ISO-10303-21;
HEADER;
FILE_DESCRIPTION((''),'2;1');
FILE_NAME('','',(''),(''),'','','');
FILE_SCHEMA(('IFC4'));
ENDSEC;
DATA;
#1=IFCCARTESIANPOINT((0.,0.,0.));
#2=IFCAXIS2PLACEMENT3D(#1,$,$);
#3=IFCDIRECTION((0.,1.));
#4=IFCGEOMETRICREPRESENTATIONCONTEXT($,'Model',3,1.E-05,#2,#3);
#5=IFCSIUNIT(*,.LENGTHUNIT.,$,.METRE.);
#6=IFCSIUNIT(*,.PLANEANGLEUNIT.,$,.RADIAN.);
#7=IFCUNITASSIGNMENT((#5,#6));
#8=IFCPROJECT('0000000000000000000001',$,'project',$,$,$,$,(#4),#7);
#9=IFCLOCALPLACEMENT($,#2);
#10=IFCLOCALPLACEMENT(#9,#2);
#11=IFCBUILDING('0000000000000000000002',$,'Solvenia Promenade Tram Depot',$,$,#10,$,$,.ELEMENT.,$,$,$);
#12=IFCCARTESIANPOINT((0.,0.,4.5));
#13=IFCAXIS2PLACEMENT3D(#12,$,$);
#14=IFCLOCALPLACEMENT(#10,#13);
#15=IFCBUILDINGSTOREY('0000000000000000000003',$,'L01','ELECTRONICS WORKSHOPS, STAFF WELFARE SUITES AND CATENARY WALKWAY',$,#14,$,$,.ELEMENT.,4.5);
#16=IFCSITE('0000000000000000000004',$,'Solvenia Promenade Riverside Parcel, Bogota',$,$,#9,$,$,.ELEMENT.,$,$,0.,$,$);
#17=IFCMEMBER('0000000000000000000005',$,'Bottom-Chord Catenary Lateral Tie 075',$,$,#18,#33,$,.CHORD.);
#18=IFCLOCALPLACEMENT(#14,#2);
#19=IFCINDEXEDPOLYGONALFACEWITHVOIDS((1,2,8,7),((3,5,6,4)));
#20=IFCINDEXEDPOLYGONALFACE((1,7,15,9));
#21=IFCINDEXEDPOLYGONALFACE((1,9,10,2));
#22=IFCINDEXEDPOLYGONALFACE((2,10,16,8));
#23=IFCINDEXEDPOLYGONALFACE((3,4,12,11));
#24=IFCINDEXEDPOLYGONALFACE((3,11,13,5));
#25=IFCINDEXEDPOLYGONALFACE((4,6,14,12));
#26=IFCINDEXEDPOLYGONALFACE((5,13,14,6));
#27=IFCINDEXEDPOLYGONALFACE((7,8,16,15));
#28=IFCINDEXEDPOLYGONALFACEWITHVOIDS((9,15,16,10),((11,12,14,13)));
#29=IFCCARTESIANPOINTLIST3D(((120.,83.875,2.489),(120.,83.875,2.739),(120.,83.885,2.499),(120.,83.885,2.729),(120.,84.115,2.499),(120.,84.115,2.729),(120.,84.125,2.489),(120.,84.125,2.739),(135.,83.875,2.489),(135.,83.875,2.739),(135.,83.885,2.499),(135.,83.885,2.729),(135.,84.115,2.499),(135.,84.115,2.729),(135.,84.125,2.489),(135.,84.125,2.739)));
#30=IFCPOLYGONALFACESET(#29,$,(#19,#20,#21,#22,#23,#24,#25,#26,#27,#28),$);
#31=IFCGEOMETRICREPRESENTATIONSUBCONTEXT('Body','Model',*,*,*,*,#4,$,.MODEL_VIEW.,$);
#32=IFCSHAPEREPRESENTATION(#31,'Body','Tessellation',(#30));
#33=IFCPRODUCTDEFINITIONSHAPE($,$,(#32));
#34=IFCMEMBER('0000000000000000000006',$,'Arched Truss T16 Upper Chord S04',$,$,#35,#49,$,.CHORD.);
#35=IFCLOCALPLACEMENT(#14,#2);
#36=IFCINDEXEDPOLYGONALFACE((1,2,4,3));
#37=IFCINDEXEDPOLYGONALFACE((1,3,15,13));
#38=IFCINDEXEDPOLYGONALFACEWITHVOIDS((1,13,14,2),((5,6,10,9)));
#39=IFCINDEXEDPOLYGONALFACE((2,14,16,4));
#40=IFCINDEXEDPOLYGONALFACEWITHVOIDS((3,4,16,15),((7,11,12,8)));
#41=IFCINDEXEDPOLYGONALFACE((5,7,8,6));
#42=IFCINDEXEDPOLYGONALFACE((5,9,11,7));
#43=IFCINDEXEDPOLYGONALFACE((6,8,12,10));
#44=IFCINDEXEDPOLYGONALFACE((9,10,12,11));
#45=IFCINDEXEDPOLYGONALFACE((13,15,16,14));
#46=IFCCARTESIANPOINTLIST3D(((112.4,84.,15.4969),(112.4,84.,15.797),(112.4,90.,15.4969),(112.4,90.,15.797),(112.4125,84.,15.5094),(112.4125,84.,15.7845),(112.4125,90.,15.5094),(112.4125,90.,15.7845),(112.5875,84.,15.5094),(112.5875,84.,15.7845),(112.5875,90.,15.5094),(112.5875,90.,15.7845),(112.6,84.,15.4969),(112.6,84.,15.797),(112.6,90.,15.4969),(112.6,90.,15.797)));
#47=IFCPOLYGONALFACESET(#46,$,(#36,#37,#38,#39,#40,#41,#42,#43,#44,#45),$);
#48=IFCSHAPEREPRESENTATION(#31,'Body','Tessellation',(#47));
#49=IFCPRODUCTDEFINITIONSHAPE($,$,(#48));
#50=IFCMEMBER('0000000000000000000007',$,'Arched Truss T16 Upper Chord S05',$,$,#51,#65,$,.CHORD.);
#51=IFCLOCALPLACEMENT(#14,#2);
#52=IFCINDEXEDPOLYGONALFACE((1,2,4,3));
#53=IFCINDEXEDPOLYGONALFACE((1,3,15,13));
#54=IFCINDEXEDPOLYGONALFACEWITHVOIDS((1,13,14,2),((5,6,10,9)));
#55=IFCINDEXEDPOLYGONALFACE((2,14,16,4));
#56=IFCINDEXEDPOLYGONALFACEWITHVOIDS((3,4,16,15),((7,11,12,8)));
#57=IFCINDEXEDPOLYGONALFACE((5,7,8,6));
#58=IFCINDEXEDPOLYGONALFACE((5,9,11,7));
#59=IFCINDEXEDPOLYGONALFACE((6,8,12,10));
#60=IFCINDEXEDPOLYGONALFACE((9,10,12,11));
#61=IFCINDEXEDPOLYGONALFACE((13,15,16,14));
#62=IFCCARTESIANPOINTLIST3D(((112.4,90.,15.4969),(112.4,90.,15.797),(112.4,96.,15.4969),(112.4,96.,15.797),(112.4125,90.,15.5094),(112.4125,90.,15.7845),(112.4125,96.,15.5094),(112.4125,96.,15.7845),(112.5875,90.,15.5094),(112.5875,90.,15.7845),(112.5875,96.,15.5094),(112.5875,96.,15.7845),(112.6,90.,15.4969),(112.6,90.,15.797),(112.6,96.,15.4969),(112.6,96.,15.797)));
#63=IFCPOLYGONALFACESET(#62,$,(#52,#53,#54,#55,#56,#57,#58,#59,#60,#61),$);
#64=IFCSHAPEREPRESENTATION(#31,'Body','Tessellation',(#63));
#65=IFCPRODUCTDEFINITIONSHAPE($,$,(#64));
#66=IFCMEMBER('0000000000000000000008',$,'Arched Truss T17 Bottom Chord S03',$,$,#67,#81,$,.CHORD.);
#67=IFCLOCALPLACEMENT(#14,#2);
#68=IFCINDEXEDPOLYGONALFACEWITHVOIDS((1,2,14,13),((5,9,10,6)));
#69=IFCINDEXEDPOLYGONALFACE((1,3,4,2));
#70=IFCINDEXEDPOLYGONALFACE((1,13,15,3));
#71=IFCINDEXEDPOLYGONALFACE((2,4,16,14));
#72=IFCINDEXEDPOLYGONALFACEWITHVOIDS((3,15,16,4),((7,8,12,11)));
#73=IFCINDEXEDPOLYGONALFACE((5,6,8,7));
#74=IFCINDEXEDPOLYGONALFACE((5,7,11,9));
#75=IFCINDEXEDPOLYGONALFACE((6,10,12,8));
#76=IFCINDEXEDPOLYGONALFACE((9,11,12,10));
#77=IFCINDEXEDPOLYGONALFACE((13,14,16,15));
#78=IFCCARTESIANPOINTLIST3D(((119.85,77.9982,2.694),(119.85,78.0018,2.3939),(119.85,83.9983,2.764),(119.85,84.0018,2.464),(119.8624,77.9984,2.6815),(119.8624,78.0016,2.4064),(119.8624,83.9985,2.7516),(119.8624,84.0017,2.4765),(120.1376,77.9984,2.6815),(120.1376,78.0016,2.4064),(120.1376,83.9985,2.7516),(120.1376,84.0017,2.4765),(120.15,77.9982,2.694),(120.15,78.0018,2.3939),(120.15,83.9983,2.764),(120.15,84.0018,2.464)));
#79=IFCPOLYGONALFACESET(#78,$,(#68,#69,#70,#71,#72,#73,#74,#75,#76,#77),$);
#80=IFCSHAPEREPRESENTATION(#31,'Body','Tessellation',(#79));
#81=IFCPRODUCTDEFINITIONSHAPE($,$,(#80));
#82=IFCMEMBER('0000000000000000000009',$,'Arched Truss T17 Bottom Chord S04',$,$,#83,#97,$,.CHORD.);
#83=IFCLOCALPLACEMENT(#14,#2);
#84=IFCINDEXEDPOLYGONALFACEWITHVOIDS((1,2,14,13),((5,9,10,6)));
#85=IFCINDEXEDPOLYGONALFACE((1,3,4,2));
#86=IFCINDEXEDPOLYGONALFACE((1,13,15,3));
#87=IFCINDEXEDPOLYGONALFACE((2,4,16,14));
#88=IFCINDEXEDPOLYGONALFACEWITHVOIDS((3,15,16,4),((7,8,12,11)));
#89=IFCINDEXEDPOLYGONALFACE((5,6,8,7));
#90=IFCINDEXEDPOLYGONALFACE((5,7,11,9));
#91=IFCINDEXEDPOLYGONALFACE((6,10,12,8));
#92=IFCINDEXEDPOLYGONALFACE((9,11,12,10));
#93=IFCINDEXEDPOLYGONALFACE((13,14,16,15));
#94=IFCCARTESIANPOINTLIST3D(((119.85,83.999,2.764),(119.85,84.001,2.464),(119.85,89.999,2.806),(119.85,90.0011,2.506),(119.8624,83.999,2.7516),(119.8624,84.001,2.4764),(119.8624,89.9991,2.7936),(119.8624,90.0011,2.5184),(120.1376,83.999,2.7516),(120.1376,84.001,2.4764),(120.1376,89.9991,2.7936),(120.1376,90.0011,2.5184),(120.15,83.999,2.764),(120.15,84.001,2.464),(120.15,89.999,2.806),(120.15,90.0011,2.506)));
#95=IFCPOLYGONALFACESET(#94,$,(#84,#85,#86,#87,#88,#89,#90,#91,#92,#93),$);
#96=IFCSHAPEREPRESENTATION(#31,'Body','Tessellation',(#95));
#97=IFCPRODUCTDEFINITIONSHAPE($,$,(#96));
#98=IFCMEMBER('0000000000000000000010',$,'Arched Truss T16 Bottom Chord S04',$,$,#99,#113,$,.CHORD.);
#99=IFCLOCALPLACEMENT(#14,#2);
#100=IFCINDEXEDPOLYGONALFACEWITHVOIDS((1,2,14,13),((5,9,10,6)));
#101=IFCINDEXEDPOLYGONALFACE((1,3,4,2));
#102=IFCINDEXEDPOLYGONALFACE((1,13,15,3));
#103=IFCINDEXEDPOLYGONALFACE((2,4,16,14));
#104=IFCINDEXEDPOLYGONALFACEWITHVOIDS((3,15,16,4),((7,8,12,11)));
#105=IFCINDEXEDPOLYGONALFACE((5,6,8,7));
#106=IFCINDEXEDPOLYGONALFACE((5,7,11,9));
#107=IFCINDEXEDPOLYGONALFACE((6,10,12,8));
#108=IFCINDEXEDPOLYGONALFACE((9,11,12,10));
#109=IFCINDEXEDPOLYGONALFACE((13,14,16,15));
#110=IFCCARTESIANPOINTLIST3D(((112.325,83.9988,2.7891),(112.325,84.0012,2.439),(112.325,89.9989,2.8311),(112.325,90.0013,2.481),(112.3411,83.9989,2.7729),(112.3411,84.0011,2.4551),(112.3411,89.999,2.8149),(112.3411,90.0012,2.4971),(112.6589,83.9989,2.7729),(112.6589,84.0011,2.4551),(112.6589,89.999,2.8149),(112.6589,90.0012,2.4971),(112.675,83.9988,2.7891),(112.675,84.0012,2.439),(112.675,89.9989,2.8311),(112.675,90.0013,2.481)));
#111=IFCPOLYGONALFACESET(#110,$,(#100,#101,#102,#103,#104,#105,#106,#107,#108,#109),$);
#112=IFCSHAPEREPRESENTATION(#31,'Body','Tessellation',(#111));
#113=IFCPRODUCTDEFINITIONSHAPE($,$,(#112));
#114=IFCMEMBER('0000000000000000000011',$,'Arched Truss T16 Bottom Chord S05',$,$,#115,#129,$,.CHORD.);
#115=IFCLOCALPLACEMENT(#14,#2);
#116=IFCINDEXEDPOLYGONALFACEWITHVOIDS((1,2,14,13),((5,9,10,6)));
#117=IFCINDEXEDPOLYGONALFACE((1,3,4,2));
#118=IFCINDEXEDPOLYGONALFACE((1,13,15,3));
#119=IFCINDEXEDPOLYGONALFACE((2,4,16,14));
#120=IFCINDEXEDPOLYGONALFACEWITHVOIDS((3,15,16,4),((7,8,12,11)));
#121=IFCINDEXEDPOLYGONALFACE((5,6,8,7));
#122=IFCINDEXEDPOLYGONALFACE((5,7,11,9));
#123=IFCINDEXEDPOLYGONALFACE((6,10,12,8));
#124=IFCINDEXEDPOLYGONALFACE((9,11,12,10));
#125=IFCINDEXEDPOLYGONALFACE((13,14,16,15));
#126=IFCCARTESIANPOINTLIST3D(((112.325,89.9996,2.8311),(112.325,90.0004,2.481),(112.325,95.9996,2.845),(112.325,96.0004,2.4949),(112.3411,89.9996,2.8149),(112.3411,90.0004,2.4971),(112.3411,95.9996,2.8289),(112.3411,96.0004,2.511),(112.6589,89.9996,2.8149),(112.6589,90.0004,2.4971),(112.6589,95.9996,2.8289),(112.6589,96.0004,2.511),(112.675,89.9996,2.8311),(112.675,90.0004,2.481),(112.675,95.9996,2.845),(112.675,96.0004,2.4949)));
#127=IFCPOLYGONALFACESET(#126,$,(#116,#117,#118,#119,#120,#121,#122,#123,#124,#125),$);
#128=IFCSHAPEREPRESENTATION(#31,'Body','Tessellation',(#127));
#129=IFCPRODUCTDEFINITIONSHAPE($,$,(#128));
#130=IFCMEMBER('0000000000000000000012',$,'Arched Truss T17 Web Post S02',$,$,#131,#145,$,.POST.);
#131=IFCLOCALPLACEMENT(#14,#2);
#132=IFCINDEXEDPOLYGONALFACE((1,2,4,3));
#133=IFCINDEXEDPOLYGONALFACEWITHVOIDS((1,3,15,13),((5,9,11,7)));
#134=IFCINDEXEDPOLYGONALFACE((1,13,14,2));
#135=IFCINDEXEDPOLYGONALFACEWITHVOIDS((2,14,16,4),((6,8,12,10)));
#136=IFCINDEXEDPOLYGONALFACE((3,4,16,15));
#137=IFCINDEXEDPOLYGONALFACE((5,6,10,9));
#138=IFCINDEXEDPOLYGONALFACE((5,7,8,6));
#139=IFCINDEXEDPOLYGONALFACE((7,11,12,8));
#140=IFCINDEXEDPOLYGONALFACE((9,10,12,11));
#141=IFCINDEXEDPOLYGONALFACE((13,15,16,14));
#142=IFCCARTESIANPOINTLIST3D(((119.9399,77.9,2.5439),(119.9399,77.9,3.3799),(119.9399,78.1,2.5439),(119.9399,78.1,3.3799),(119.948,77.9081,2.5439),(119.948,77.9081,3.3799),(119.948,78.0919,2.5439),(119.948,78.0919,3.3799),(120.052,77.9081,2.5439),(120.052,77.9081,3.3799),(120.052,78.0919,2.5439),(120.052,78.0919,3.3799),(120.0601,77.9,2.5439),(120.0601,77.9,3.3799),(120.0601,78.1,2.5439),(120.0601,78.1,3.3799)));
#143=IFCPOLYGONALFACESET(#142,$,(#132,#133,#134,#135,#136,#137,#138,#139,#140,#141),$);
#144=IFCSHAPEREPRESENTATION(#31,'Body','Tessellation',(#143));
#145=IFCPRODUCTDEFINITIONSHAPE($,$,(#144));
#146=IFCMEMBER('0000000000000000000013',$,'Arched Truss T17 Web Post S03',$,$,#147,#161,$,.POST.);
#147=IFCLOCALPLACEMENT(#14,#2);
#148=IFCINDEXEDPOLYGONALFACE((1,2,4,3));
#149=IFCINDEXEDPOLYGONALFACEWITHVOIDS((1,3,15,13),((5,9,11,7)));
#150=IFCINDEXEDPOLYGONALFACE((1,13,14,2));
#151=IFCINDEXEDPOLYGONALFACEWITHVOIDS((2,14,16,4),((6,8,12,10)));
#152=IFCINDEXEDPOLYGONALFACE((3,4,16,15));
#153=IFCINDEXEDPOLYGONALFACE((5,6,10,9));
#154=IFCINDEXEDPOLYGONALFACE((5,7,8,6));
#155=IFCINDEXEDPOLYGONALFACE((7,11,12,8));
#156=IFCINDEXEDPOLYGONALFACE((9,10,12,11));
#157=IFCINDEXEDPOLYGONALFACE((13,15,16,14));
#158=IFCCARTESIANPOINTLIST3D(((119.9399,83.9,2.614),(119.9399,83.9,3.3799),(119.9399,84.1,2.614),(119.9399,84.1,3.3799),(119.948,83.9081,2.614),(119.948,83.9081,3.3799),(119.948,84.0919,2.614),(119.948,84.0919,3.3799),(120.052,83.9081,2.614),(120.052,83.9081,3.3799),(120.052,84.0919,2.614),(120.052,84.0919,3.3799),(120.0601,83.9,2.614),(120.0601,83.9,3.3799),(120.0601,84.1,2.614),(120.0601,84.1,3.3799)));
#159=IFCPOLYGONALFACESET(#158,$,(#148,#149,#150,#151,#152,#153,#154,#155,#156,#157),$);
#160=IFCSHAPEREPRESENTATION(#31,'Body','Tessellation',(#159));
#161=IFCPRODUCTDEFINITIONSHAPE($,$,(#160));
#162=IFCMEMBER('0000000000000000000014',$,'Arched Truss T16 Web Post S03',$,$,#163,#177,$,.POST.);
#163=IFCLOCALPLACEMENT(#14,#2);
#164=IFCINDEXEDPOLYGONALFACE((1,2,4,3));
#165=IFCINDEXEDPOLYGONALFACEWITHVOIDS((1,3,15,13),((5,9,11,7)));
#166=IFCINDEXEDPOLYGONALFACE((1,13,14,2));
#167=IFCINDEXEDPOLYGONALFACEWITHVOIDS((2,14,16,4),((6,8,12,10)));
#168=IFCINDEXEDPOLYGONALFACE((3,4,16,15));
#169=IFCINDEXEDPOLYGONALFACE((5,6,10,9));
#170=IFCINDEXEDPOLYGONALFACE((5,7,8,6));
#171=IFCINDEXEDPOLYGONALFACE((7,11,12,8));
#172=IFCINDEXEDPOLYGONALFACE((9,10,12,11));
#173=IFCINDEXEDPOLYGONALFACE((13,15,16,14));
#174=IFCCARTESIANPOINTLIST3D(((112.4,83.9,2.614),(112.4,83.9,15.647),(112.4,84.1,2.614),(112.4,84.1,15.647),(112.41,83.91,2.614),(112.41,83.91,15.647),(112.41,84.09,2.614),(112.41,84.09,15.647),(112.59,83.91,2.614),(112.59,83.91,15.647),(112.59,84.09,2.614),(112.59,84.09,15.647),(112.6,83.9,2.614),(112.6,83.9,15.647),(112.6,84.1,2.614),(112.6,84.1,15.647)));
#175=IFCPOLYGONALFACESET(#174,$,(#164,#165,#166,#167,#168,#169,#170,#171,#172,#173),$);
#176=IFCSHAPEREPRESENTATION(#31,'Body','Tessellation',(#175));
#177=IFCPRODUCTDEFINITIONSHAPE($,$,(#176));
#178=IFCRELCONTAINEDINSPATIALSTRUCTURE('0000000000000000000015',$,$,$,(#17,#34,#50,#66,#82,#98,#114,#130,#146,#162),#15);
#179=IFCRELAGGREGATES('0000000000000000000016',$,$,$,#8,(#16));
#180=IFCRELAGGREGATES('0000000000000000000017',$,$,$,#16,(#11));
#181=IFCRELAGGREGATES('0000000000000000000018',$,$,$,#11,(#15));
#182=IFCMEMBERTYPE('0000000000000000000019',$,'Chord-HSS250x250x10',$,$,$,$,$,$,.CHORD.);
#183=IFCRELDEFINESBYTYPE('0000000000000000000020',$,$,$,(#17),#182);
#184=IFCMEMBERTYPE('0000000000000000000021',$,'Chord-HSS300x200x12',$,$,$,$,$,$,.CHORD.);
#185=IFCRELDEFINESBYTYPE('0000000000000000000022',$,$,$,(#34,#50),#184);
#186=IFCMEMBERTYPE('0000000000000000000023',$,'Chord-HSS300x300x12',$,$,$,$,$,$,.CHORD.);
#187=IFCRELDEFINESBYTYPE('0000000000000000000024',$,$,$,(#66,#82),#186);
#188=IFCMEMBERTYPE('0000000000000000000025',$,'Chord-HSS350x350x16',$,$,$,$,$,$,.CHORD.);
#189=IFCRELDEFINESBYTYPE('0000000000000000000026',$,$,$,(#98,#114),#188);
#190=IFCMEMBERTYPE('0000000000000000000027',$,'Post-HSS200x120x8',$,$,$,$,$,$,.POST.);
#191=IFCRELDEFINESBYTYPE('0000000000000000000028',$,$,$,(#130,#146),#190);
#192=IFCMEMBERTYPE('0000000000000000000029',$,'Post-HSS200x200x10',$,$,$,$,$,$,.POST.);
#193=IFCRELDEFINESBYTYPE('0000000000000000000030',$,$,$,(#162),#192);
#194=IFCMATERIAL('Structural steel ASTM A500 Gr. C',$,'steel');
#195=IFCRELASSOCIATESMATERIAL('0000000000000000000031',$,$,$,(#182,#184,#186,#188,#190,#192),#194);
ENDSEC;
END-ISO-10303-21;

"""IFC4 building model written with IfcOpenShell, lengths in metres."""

from ifc_helpers import new_model, si_unit, direction, frame, origin, origin_2d, place, context, subcontext, project, spatial, hollow_rectangle, extrude, material, material_profile, profile_set, type_object, element, save


model = new_model("IFC4")

# Units and contexts
model_context = context("Model", 3, precision=1e-05, world=origin(), true_north=direction((0.0, 1.0)))
body_context = subcontext(model_context, "Body", "Model", "MODEL_VIEW")
ifc_project = project(units=[si_unit("LENGTHUNIT", "METRE"), si_unit("PLANEANGLEUNIT", "RADIAN")], contexts=[model_context])

# Site, building, storey
site_placement = place(None, origin())
site = spatial("IfcSite", under=ifc_project, at=site_placement, Name="Solvenia Promenade Riverside Parcel, Bogota", CompositionType="ELEMENT", RefElevation=0.0)
building_placement = place(site_placement, origin())
building = spatial("IfcBuilding", under=site, at=building_placement, Name="Solvenia Promenade Tram Depot", CompositionType="ELEMENT")
storey_placement = place(building_placement, frame((0.0, 0.0, 4.5)))
storey = spatial("IfcBuildingStorey", under=building, at=storey_placement, Name="L01", Description="ELECTRONICS WORKSHOPS, STAFF WELFARE SUITES AND CATENARY WALKWAY", CompositionType="ELEMENT", Elevation=4.5)

# Members
ifc_material_1 = material(Name="Structural steel ASTM A500 Gr. C", Category="steel")
ifc_material_profile_1 = material_profile(ifc_material_1, hollow_rectangle(XDim=0.25, YDim=0.25, WallThickness=0.01, at=origin_2d()), Name="HSS250x250x10", Category="steel")
ifc_profile_set_1 = profile_set([ifc_material_profile_1], Name="Structural steel ASTM A500 Gr. C")
member_type_1 = type_object("IfcMemberType", Name="Chord-HSS250x250x10", PredefinedType="CHORD", material=ifc_profile_set_1)
for number, where, z_axis, x_axis, name in (
    (1, (120.0, 84.0, 2.614), (1.0, 0.0, 0.0), (0.0, 1.0, 0.0), "Bottom-Chord Catenary Lateral Tie 075"),
):
    element("IfcMember", number, at=place(storey_placement, frame(where, z_axis=z_axis, x_axis=x_axis)), inside=storey, type_object=member_type_1, Name=name, PredefinedType="CHORD", context=body_context, shape_type="SweptSolid", body=[
        extrude(hollow_rectangle(XDim=0.25, YDim=0.25, WallThickness=0.01, at=origin_2d()), origin(), (0.0, 0.0, 1.0), 15.0),
    ])
ifc_material_profile_2 = material_profile(ifc_material_1, hollow_rectangle(XDim=0.2, YDim=0.3, WallThickness=0.0125, at=origin_2d()), Name="HSS300x200x12.5", Category="steel")
ifc_profile_set_2 = profile_set([ifc_material_profile_2], Name="Structural steel ASTM A500 Gr. C")
member_type_2 = type_object("IfcMemberType", Name="Chord-HSS300x200x12", PredefinedType="CHORD", material=ifc_profile_set_2)
for number, where, z_axis, x_axis, name in (
    (2, (112.5, 84.0, 15.647), (0.0, 1.0, 0.0), (-1.0, 0.0, 0.0), "Arched Truss T16 Upper Chord S04"),
    (3, (112.5, 90.0, 15.647), (0.0, 1.0, 0.0), (-1.0, 0.0, 0.0), "Arched Truss T16 Upper Chord S05"),
):
    element("IfcMember", number, at=place(storey_placement, frame(where, z_axis=z_axis, x_axis=x_axis)), inside=storey, type_object=member_type_2, Name=name, PredefinedType="CHORD", context=body_context, shape_type="SweptSolid", body=[
        extrude(hollow_rectangle(XDim=0.2, YDim=0.3, WallThickness=0.0125, at=origin_2d()), origin(), (0.0, 0.0, 1.0), 6.0),
    ])
ifc_material_profile_3 = material_profile(ifc_material_1, hollow_rectangle(XDim=0.3, YDim=0.3, WallThickness=0.0125, at=origin_2d()), Name="HSS300x300x12.5", Category="steel")
ifc_profile_set_3 = profile_set([ifc_material_profile_3], Name="Structural steel ASTM A500 Gr. C")
member_type_3 = type_object("IfcMemberType", Name="Chord-HSS300x300x12", PredefinedType="CHORD", material=ifc_profile_set_3)
member_1_placement = place(storey_placement, frame((120.0, 78.0, 2.5439), z_axis=(0.0, 0.999932, 0.011677), x_axis=(-1.0, 0.0, 0.0)))
element("IfcMember", 4, at=member_1_placement, inside=storey, type_object=member_type_3, Name="Arched Truss T17 Bottom Chord S03", PredefinedType="CHORD", context=body_context, shape_type="SweptSolid", body=[
    extrude(hollow_rectangle(XDim=0.3, YDim=0.3, WallThickness=0.0125, at=origin_2d()), origin(), (0.0, 0.0, 1.0), 6.0005),
])
member_2_placement = place(storey_placement, frame((120.0, 84.0, 2.614), z_axis=(0.0, 0.999976, 0.006999), x_axis=(-1.0, 0.0, 0.0)))
element("IfcMember", 5, at=member_2_placement, inside=storey, type_object=member_type_3, Name="Arched Truss T17 Bottom Chord S04", PredefinedType="CHORD", context=body_context, shape_type="SweptSolid", body=[
    extrude(hollow_rectangle(XDim=0.3, YDim=0.3, WallThickness=0.0125, at=origin_2d()), origin(), (0.0, 0.0, 1.0), 6.0002),
])
ifc_material_profile_4 = material_profile(ifc_material_1, hollow_rectangle(XDim=0.3501, YDim=0.3501, WallThickness=0.0161, at=origin_2d()), Name="HSS350x350x16", Category="steel")
ifc_profile_set_4 = profile_set([ifc_material_profile_4], Name="Structural steel ASTM A500 Gr. C")
member_type_4 = type_object("IfcMemberType", Name="Chord-HSS350x350x16", PredefinedType="CHORD", material=ifc_profile_set_4)
member_3_placement = place(storey_placement, frame((112.5, 84.0, 2.614), z_axis=(0.0, 0.999976, 0.006999), x_axis=(-1.0, 0.0, 0.0)))
element("IfcMember", 6, at=member_3_placement, inside=storey, type_object=member_type_4, Name="Arched Truss T16 Bottom Chord S04", PredefinedType="CHORD", context=body_context, shape_type="SweptSolid", body=[
    extrude(hollow_rectangle(XDim=0.3501, YDim=0.3501, WallThickness=0.0161, at=origin_2d()), origin(), (0.0, 0.0, 1.0), 6.0002),
])
member_4_placement = place(storey_placement, frame((112.5, 90.0, 2.656), z_axis=(0.0, 0.999997, 0.002319), x_axis=(-1.0, 0.0, 0.0)))
element("IfcMember", 7, at=member_4_placement, inside=storey, type_object=member_type_4, Name="Arched Truss T16 Bottom Chord S05", PredefinedType="CHORD", context=body_context, shape_type="SweptSolid", body=[
    extrude(hollow_rectangle(XDim=0.3501, YDim=0.3501, WallThickness=0.0161, at=origin_2d()), origin(), (0.0, 0.0, 1.0), 6.0),
])
ifc_material_profile_5 = material_profile(ifc_material_1, hollow_rectangle(XDim=0.1201, YDim=0.2, WallThickness=0.0081, at=origin_2d()), Name="HSS200x120x8", Category="steel")
ifc_profile_set_5 = profile_set([ifc_material_profile_5], Name="Structural steel ASTM A500 Gr. C")
member_type_5 = type_object("IfcMemberType", Name="Post-HSS200x120x8", PredefinedType="POST", material=ifc_profile_set_5)
member_5_placement = place(storey_placement, frame((120.0, 78.0, 2.5439), z_axis=(0.0, 0.0, 1.0), x_axis=(1.0, 0.0, 0.0)))
element("IfcMember", 8, at=member_5_placement, inside=storey, type_object=member_type_5, Name="Arched Truss T17 Web Post S02", PredefinedType="POST", context=body_context, shape_type="SweptSolid", body=[
    extrude(hollow_rectangle(XDim=0.1201, YDim=0.2, WallThickness=0.0081, at=origin_2d()), origin(), (0.0, 0.0, 1.0), 0.8359),
])
member_6_placement = place(storey_placement, frame((120.0, 84.0, 2.614), z_axis=(0.0, 0.0, 1.0), x_axis=(1.0, 0.0, 0.0)))
element("IfcMember", 9, at=member_6_placement, inside=storey, type_object=member_type_5, Name="Arched Truss T17 Web Post S03", PredefinedType="POST", context=body_context, shape_type="SweptSolid", body=[
    extrude(hollow_rectangle(XDim=0.1201, YDim=0.2, WallThickness=0.0081, at=origin_2d()), origin(), (0.0, 0.0, 1.0), 0.7659),
])
ifc_material_profile_6 = material_profile(ifc_material_1, hollow_rectangle(XDim=0.2, YDim=0.2, WallThickness=0.01, at=origin_2d()), Name="HSS200x200x10", Category="steel")
ifc_profile_set_6 = profile_set([ifc_material_profile_6], Name="Structural steel ASTM A500 Gr. C")
member_type_6 = type_object("IfcMemberType", Name="Post-HSS200x200x10", PredefinedType="POST", material=ifc_profile_set_6)
member_7_placement = place(storey_placement, frame((112.5, 84.0, 2.614), z_axis=(0.0, 0.0, 1.0), x_axis=(1.0, 0.0, 0.0)))
element("IfcMember", 10, at=member_7_placement, inside=storey, type_object=member_type_6, Name="Arched Truss T16 Web Post S03", PredefinedType="POST", context=body_context, shape_type="SweptSolid", body=[
    extrude(hollow_rectangle(XDim=0.2, YDim=0.2, WallThickness=0.01, at=origin_2d()), origin(), (0.0, 0.0, 1.0), 13.033),
])

save(model, "model.ifc")
